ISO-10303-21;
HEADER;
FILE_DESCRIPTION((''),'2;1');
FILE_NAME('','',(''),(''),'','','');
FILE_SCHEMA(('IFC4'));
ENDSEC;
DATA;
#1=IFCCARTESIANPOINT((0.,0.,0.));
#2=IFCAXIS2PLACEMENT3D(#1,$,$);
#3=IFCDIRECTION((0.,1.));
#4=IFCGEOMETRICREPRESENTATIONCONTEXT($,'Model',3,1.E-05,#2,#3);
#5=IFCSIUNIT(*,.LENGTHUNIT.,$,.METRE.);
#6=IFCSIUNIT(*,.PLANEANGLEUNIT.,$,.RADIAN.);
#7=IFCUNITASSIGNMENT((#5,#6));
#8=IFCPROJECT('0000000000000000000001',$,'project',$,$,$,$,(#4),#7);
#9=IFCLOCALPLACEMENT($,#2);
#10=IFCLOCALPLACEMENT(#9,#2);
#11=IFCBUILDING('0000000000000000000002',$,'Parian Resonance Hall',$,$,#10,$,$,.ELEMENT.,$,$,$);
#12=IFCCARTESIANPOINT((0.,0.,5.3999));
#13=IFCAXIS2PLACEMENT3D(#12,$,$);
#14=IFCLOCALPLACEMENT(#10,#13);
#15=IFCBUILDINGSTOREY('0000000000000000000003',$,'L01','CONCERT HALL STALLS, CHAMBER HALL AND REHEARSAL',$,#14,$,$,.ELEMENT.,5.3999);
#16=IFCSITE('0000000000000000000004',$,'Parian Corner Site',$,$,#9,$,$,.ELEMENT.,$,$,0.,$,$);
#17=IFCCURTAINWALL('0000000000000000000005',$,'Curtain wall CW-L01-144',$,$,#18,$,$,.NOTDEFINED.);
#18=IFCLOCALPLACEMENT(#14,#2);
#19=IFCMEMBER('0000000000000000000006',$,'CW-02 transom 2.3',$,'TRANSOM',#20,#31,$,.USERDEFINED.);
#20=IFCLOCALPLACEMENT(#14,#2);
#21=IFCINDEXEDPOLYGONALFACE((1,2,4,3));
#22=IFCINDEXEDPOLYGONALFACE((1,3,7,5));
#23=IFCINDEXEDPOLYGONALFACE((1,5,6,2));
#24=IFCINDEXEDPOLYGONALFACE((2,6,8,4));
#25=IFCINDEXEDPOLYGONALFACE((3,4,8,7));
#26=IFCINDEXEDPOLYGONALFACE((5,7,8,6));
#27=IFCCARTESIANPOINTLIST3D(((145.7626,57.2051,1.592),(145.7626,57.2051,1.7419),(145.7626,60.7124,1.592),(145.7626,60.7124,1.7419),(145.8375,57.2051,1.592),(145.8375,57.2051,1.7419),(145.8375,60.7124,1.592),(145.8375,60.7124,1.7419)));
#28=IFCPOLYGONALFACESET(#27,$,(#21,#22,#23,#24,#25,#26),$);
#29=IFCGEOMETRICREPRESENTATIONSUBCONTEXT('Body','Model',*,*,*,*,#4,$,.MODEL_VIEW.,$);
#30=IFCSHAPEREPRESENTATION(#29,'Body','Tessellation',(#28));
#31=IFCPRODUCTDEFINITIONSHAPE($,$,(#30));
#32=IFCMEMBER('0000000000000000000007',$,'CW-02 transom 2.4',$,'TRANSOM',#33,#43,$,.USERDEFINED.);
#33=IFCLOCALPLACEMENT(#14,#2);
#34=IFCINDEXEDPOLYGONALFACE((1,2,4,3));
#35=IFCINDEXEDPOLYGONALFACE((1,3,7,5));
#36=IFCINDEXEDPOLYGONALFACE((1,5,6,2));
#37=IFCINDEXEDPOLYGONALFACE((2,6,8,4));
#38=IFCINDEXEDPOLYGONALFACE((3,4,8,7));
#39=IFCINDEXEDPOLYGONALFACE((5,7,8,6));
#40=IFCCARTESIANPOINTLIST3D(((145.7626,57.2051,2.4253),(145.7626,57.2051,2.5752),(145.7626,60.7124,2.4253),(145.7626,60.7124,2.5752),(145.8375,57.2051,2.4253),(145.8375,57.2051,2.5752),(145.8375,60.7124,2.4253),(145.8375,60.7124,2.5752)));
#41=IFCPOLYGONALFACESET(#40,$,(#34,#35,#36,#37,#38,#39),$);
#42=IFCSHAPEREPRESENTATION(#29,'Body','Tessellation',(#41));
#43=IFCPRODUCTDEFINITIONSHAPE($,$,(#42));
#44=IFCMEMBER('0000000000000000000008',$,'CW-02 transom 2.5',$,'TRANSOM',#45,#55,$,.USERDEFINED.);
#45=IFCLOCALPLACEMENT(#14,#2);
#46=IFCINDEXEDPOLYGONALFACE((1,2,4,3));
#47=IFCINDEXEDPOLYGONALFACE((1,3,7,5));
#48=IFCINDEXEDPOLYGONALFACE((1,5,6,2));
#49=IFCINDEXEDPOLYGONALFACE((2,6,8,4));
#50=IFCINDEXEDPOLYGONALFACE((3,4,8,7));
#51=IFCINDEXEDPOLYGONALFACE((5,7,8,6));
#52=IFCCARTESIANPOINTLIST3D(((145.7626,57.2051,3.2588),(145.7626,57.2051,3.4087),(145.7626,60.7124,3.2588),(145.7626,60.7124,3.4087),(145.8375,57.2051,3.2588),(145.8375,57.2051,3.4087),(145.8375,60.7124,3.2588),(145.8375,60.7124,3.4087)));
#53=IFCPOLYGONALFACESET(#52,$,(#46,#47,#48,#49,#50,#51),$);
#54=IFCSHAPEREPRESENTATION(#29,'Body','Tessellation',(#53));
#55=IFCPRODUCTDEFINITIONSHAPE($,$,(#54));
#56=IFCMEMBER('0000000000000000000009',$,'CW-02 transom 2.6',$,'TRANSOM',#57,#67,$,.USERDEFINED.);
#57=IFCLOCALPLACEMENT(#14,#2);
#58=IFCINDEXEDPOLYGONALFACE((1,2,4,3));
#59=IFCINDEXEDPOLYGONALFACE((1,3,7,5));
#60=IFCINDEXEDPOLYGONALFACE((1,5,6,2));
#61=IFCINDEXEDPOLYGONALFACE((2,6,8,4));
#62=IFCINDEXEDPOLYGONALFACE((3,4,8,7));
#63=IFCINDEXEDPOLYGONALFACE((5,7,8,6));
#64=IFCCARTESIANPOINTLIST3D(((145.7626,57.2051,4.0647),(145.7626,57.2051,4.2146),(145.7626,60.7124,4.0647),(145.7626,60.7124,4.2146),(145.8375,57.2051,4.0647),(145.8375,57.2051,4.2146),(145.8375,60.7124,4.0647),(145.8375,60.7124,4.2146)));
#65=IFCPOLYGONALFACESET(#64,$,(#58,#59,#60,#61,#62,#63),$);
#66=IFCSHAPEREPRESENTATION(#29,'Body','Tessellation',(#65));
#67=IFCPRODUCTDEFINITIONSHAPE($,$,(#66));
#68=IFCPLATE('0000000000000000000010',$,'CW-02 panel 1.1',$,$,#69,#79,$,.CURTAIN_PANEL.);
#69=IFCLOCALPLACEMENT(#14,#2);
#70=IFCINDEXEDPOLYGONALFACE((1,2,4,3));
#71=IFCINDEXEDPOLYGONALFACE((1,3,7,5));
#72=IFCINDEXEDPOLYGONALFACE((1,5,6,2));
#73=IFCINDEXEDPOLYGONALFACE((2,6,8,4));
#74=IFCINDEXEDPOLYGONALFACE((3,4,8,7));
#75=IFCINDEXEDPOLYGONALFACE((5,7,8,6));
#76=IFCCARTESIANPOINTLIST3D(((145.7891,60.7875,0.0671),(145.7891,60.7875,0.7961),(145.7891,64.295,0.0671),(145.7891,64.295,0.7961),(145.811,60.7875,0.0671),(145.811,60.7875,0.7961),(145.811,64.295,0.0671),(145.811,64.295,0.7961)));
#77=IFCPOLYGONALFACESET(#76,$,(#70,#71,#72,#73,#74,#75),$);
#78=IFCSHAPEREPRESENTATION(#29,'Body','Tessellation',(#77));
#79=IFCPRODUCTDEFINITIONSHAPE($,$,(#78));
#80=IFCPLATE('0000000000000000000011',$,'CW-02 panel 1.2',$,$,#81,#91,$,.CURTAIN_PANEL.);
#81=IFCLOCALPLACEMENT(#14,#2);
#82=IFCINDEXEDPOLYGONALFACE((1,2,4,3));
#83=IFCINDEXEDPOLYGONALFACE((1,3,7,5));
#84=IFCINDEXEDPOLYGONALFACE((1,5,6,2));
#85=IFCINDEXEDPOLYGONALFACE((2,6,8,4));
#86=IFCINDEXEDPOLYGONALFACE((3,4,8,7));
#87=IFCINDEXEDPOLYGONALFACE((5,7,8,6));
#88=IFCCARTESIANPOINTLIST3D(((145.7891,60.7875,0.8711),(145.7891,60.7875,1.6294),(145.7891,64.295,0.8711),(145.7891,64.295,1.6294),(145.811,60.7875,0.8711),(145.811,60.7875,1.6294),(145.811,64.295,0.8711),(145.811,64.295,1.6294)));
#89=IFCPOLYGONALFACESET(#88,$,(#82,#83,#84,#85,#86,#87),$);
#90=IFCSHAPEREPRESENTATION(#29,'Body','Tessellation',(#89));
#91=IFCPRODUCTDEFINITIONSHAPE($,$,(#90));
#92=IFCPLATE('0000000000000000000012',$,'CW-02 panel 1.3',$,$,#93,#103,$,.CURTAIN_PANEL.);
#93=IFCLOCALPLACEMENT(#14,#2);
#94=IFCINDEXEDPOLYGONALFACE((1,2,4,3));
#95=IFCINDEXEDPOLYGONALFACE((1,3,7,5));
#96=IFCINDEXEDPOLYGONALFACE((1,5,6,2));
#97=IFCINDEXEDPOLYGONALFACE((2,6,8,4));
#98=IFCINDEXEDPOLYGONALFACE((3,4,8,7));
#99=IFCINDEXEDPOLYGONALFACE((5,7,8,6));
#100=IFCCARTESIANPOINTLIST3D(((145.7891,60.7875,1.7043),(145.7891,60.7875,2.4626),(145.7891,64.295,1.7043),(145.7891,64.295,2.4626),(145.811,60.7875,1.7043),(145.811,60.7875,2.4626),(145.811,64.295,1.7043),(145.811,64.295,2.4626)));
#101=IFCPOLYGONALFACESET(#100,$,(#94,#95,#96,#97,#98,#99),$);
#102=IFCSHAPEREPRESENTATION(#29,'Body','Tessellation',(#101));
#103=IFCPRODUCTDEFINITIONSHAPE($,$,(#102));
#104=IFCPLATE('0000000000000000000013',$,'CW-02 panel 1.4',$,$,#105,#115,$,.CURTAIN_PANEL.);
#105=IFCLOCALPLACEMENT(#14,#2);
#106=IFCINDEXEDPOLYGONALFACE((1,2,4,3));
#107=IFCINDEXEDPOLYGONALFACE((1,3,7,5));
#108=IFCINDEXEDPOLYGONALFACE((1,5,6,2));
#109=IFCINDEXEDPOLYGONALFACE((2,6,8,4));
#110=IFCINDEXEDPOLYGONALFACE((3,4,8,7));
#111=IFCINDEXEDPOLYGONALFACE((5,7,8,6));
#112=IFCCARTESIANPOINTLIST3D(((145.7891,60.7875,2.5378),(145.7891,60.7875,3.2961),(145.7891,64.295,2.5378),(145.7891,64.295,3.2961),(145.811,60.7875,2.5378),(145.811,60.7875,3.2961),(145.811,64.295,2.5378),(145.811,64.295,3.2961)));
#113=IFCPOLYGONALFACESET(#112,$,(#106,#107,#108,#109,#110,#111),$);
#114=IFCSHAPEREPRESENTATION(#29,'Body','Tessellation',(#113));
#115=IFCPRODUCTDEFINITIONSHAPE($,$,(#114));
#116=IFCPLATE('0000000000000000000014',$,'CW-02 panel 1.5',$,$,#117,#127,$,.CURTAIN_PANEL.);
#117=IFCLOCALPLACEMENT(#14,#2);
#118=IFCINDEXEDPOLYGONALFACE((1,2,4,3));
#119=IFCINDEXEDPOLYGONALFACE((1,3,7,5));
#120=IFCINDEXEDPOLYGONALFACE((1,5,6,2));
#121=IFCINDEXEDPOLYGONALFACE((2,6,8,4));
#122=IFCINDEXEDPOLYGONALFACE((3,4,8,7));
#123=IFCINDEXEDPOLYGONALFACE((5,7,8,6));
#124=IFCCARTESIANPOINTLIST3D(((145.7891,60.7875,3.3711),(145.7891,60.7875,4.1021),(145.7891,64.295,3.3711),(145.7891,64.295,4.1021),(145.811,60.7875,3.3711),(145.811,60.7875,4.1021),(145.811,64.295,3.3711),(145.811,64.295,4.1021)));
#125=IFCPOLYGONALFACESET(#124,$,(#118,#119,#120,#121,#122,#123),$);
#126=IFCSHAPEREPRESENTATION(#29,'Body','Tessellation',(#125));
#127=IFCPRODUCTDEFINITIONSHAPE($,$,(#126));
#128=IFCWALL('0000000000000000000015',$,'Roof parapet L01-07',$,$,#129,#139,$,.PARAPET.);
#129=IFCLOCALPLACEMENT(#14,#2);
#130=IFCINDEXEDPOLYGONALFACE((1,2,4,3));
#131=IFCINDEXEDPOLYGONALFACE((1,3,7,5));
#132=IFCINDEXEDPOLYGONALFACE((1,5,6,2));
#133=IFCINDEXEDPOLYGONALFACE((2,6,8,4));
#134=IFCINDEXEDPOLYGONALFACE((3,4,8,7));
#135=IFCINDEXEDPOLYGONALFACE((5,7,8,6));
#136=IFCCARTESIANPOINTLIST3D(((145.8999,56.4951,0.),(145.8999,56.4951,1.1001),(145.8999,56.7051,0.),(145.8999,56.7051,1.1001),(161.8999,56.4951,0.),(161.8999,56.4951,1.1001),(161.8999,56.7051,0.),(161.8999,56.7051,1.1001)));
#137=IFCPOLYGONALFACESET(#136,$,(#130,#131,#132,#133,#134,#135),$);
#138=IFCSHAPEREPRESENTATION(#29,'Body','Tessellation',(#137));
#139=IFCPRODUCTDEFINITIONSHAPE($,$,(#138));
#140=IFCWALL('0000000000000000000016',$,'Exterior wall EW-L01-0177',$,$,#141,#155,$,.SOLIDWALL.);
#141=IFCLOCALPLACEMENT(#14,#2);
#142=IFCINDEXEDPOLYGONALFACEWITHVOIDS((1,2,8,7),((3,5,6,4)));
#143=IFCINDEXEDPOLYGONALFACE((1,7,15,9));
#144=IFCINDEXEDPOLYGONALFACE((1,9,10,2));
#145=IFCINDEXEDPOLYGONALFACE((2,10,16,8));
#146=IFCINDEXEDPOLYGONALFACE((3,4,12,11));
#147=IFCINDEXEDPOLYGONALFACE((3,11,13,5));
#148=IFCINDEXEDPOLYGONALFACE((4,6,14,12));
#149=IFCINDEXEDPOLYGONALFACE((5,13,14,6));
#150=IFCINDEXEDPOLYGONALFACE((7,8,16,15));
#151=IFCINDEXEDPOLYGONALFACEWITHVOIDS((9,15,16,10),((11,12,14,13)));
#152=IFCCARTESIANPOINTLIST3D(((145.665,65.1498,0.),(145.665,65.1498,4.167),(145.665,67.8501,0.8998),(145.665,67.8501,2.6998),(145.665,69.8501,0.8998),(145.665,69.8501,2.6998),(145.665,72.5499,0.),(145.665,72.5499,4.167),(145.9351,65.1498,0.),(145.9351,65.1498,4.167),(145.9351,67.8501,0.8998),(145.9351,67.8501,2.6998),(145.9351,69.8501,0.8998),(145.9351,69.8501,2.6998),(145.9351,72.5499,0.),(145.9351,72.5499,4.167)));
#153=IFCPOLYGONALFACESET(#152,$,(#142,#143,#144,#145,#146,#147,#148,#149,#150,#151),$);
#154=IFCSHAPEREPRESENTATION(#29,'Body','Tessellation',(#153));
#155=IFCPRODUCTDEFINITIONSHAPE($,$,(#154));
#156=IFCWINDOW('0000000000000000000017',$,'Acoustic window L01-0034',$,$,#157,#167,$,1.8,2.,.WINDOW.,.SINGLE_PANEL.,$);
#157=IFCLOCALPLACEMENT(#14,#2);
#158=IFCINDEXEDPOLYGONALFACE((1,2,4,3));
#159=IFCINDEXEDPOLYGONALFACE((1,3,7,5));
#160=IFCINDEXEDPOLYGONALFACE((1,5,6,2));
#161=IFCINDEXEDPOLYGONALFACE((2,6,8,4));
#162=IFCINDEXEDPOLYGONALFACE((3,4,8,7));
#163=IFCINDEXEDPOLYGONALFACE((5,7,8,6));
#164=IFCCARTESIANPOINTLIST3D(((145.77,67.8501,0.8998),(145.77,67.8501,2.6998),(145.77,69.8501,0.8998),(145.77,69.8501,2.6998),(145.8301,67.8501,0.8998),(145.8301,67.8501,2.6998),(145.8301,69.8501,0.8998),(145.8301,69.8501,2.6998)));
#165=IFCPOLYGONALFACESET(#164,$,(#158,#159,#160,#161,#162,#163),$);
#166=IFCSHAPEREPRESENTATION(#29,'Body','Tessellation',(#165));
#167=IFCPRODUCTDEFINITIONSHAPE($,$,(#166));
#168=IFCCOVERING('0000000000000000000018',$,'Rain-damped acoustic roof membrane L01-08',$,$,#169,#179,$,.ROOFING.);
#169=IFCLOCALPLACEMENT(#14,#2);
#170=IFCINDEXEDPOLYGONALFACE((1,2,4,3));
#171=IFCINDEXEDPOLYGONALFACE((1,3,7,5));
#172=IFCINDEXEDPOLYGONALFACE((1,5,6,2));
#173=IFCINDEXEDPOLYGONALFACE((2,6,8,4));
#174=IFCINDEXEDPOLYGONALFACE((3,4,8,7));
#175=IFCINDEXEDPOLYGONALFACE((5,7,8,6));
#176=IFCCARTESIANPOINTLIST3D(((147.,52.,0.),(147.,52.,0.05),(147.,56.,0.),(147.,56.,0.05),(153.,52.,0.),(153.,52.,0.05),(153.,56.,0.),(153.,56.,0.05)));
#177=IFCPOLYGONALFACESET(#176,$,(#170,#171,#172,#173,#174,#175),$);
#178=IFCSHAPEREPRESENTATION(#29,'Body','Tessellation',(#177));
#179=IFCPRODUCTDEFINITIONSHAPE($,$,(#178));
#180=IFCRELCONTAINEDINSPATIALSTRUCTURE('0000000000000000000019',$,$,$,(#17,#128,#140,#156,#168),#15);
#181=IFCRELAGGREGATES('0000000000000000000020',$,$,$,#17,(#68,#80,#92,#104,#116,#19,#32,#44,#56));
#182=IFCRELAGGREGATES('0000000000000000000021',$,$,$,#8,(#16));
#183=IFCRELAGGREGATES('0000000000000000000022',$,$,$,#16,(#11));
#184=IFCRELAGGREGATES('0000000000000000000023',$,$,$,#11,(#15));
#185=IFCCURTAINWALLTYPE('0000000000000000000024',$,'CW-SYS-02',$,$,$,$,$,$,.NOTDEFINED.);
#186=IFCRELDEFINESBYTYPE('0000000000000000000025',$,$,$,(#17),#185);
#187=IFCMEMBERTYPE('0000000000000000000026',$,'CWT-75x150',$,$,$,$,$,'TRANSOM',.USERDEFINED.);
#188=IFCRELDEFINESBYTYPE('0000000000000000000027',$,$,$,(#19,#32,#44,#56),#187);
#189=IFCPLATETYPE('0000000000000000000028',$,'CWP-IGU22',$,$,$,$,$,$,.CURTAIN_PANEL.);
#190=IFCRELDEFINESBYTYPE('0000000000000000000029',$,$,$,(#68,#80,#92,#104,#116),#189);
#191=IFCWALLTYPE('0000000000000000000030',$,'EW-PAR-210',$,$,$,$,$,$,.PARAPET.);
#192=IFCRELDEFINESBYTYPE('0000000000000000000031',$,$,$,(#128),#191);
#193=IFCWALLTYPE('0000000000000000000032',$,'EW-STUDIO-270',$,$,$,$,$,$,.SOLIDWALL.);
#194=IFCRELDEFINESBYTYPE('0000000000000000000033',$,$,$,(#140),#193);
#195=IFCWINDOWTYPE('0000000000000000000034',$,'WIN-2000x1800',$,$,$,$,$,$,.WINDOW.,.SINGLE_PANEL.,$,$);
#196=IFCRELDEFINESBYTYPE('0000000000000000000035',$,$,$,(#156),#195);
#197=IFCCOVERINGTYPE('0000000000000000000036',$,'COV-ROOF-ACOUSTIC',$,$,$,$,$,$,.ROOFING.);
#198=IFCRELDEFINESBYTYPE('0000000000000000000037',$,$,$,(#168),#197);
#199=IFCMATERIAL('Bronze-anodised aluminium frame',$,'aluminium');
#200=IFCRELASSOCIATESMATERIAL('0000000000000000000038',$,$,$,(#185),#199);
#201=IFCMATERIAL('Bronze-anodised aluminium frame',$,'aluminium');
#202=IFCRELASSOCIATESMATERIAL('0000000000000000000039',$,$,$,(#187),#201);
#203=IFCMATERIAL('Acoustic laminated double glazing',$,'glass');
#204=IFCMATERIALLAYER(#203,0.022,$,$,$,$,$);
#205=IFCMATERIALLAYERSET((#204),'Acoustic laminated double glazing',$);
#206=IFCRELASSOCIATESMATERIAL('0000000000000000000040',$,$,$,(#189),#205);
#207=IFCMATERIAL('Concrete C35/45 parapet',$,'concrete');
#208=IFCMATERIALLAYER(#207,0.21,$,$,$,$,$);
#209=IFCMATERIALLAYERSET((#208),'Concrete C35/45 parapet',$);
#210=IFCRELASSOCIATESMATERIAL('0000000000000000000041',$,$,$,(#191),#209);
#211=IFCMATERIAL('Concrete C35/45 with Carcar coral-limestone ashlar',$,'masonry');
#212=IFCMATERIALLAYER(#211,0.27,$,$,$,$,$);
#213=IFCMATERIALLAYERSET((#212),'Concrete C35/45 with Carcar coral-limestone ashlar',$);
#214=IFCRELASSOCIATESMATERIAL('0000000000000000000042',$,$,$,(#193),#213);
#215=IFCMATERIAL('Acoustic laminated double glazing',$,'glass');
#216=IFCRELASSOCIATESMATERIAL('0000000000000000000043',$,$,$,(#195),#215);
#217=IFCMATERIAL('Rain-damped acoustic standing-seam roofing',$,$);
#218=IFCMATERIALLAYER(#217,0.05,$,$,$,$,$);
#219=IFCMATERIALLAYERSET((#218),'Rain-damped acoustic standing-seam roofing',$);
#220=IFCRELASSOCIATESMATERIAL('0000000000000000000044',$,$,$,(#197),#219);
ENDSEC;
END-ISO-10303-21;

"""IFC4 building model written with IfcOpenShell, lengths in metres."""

from ifc_helpers import new_model, si_unit, direction, frame, frame_2d, origin, origin_2d, place, context, subcontext, project, spatial, rectangle, extrude, material, layer, layer_set, material_profile, profile_set, type_object, element, fill, aggregate, save


model = new_model("IFC4")

# Units and contexts
model_context = context("Model", 3, precision=1e-05, world=origin(), true_north=direction((0.0, 1.0)))
body_context = subcontext(model_context, "Body", "Model", "MODEL_VIEW")
ifc_project = project(units=[si_unit("LENGTHUNIT", "METRE"), si_unit("PLANEANGLEUNIT", "RADIAN")], contexts=[model_context])

# Site, building, storey
site_placement = place(None, origin())
site = spatial("IfcSite", under=ifc_project, at=site_placement, Name="Parian Corner Site", CompositionType="ELEMENT", RefElevation=0.0)
building_placement = place(site_placement, origin())
building = spatial("IfcBuilding", under=site, at=building_placement, Name="Parian Resonance Hall", CompositionType="ELEMENT")
storey_placement = place(building_placement, frame((0.0, 0.0, 5.3999)))
storey = spatial("IfcBuildingStorey", under=building, at=storey_placement, Name="L01", Description="CONCERT HALL STALLS, CHAMBER HALL AND REHEARSAL", CompositionType="ELEMENT", Elevation=5.3999)

# Curtain wall, members, plates
ifc_material_1 = material(Name="Bronze-anodised aluminium frame", Category="aluminium")
curtain_wall_type = type_object("IfcCurtainWallType", Name="CW-SYS-02", PredefinedType="NOTDEFINED", material=ifc_material_1)
curtain_wall_placement = place(storey_placement, origin())
curtain_wall = element("IfcCurtainWall", 1, at=curtain_wall_placement, inside=storey, type_object=curtain_wall_type, Name="Curtain wall CW-L01-144", PredefinedType="NOTDEFINED")
ifc_material_2 = material(Name="Bronze-anodised aluminium frame", Category="aluminium")
ifc_material_profile_1 = material_profile(ifc_material_2, rectangle(XDim=0.075, YDim=0.1499, at=origin_2d()), Name="CWT-75x150")
ifc_profile_set_1 = profile_set([ifc_material_profile_1], Name="Bronze-anodised aluminium frame")
member_type_1 = type_object("IfcMemberType", Name="CWT-75x150", ElementType="TRANSOM", PredefinedType="USERDEFINED", material=ifc_profile_set_1)
member_1_placement = place(storey_placement, frame((145.8, 60.7124, 1.667), z_axis=(0.0, -1.0, 0.0), x_axis=(1.0, 0.0, 0.0)))
member_1 = element("IfcMember", 2, at=member_1_placement, type_object=member_type_1, Name="CW-02 transom 2.3", ObjectType="TRANSOM", PredefinedType="USERDEFINED", context=body_context, shape_type="SweptSolid", body=[
    extrude(rectangle(XDim=0.075, YDim=0.1499, at=origin_2d()), origin(), (0.0, 0.0, 1.0), 3.5073),
])
member_2_placement = place(storey_placement, frame((145.8, 60.7124, 2.5002), z_axis=(0.0, -1.0, 0.0), x_axis=(1.0, 0.0, 0.0)))
member_2 = element("IfcMember", 3, at=member_2_placement, type_object=member_type_1, Name="CW-02 transom 2.4", ObjectType="TRANSOM", PredefinedType="USERDEFINED", context=body_context, shape_type="SweptSolid", body=[
    extrude(rectangle(XDim=0.075, YDim=0.1499, at=origin_2d()), origin(), (0.0, 0.0, 1.0), 3.5073),
])
member_3_placement = place(storey_placement, frame((145.8, 60.7124, 3.3337), z_axis=(0.0, -1.0, 0.0), x_axis=(1.0, 0.0, 0.0)))
member_3 = element("IfcMember", 4, at=member_3_placement, type_object=member_type_1, Name="CW-02 transom 2.5", ObjectType="TRANSOM", PredefinedType="USERDEFINED", context=body_context, shape_type="SweptSolid", body=[
    extrude(rectangle(XDim=0.075, YDim=0.1499, at=origin_2d()), origin(), (0.0, 0.0, 1.0), 3.5073),
])
member_4_placement = place(storey_placement, frame((145.8, 60.7124, 4.1396), z_axis=(0.0, -1.0, 0.0), x_axis=(1.0, 0.0, 0.0)))
member_4 = element("IfcMember", 5, at=member_4_placement, type_object=member_type_1, Name="CW-02 transom 2.6", ObjectType="TRANSOM", PredefinedType="USERDEFINED", context=body_context, shape_type="SweptSolid", body=[
    extrude(rectangle(XDim=0.075, YDim=0.1499, at=origin_2d()), origin(), (0.0, 0.0, 1.0), 3.5073),
])
ifc_material_3 = material(Name="Acoustic laminated double glazing", Category="glass")
ifc_layer_1 = layer(ifc_material_3, 0.022)
ifc_layer_set_1 = layer_set([ifc_layer_1], Name="Acoustic laminated double glazing")
plate_type = type_object("IfcPlateType", Name="CWP-IGU22", PredefinedType="CURTAIN_PANEL", material=ifc_layer_set_1)
plate_1_placement = place(storey_placement, frame((145.8, 62.5413, 0.0671), z_axis=(0.0, 0.0, 1.0), x_axis=(0.0, -1.0, 0.0)))
plate_1 = element("IfcPlate", 6, at=plate_1_placement, type_object=plate_type, Name="CW-02 panel 1.1", PredefinedType="CURTAIN_PANEL", context=body_context, shape_type="SweptSolid", body=[
    extrude(rectangle(XDim=3.5076, YDim=0.022, at=origin_2d()), origin(), (0.0, 0.0, 1.0), 0.729),
])
plate_2_placement = place(storey_placement, frame((145.8, 62.5413, 0.8711), z_axis=(0.0, 0.0, 1.0), x_axis=(0.0, -1.0, 0.0)))
plate_2 = element("IfcPlate", 7, at=plate_2_placement, type_object=plate_type, Name="CW-02 panel 1.2", PredefinedType="CURTAIN_PANEL", context=body_context, shape_type="SweptSolid", body=[
    extrude(rectangle(XDim=3.5076, YDim=0.022, at=origin_2d()), origin(), (0.0, 0.0, 1.0), 0.7583),
])
plate_3_placement = place(storey_placement, frame((145.8, 62.5413, 1.7043), z_axis=(0.0, 0.0, 1.0), x_axis=(0.0, -1.0, 0.0)))
plate_3 = element("IfcPlate", 8, at=plate_3_placement, type_object=plate_type, Name="CW-02 panel 1.3", PredefinedType="CURTAIN_PANEL", context=body_context, shape_type="SweptSolid", body=[
    extrude(rectangle(XDim=3.5076, YDim=0.022, at=origin_2d()), origin(), (0.0, 0.0, 1.0), 0.7583),
])
plate_4_placement = place(storey_placement, frame((145.8, 62.5413, 2.5378), z_axis=(0.0, 0.0, 1.0), x_axis=(0.0, -1.0, 0.0)))
plate_4 = element("IfcPlate", 9, at=plate_4_placement, type_object=plate_type, Name="CW-02 panel 1.4", PredefinedType="CURTAIN_PANEL", context=body_context, shape_type="SweptSolid", body=[
    extrude(rectangle(XDim=3.5076, YDim=0.022, at=origin_2d()), origin(), (0.0, 0.0, 1.0), 0.7583),
])
plate_5_placement = place(storey_placement, frame((145.8, 62.5413, 3.3711), z_axis=(0.0, 0.0, 1.0), x_axis=(0.0, -1.0, 0.0)))
plate_5 = element("IfcPlate", 10, at=plate_5_placement, type_object=plate_type, Name="CW-02 panel 1.5", PredefinedType="CURTAIN_PANEL", context=body_context, shape_type="SweptSolid", body=[
    extrude(rectangle(XDim=3.5076, YDim=0.022, at=origin_2d()), origin(), (0.0, 0.0, 1.0), 0.731),
])
aggregate(curtain_wall, [plate_1, plate_2, plate_3, plate_4, plate_5, member_1, member_2, member_3, member_4])

# Wall
ifc_material_4 = material(Name="Concrete C35/45 parapet", Category="concrete")
ifc_layer_2 = layer(ifc_material_4, 0.21)
ifc_layer_set_2 = layer_set([ifc_layer_2], Name="Concrete C35/45 parapet")
wall_type_1 = type_object("IfcWallType", Name="EW-PAR-210", PredefinedType="PARAPET", material=ifc_layer_set_2)
wall_1_placement = place(storey_placement, frame((161.8999, 56.6001, 0.0), z_axis=(0.0, 0.0, 1.0), x_axis=(-1.0, 0.0, 0.0)))
element("IfcWall", 11, at=wall_1_placement, inside=storey, type_object=wall_type_1, Name="Roof parapet L01-07", PredefinedType="PARAPET", context=body_context, shape_type="SweptSolid", body=[
    extrude(rectangle(XDim=16.0, YDim=0.21, at=frame_2d((8.0, 0.0))), origin(), (0.0, 0.0, 1.0), 1.1001),
])

# Wall, opening, window
ifc_material_5 = material(Name="Concrete C35/45 with Carcar coral-limestone ashlar", Category="masonry")
ifc_layer_3 = layer(ifc_material_5, 0.27)
ifc_layer_set_3 = layer_set([ifc_layer_3], Name="Concrete C35/45 with Carcar coral-limestone ashlar")
wall_type_2 = type_object("IfcWallType", Name="EW-STUDIO-270", PredefinedType="SOLIDWALL", material=ifc_layer_set_3)
wall_2_placement = place(storey_placement, frame((145.8, 72.55, 0.0), z_axis=(0.0, 0.0, 1.0), x_axis=(0.0, -1.0, 0.0)))
wall_2 = element("IfcWall", 12, at=wall_2_placement, inside=storey, type_object=wall_type_2, Name="Exterior wall EW-L01-0177", PredefinedType="SOLIDWALL", context=body_context, shape_type="SweptSolid", body=[
    extrude(rectangle(XDim=7.4001, YDim=0.27, at=frame_2d((3.7002, 0.0))), origin(), (0.0, 0.0, 1.0), 4.167),
])
opening_placement = place(wall_2_placement, frame((2.7, 0.0, 0.8999)))
opening = element("IfcOpeningElement", 13, at=opening_placement, cuts=wall_2, PredefinedType="OPENING", context=body_context, shape_type="SweptSolid", body=[
    extrude(rectangle(XDim=2.0, YDim=1.8, at=frame_2d((1.0, 0.8999))), frame((0.0, 0.145, 0.0), z_axis=(0.0, -1.0, 0.0), x_axis=(1.0, 0.0, 0.0)), (0.0, 0.0, 1.0), 0.29),
])
ifc_material_6 = material(Name="Acoustic laminated double glazing", Category="glass")
window_type = type_object("IfcWindowType", Name="WIN-2000x1800", PartitioningType="SINGLE_PANEL", PredefinedType="WINDOW", material=ifc_material_6)
window_placement = place(opening_placement, origin())
window = element("IfcWindow", 14, at=window_placement, inside=storey, type_object=window_type, Name="Acoustic window L01-0034", OverallHeight=1.8, OverallWidth=2.0, PartitioningType="SINGLE_PANEL", PredefinedType="WINDOW", context=body_context, shape_type="SweptSolid", body=[
    extrude(rectangle(XDim=2.0, YDim=1.8, at=frame_2d((1.0, 0.8999))), frame((0.0, 0.03, 0.0), z_axis=(0.0, -1.0, 0.0), x_axis=(1.0, 0.0, 0.0)), (0.0, 0.0, 1.0), 0.0601),
])
fill(opening, window)

# Covering
ifc_material_7 = material(Name="Rain-damped acoustic standing-seam roofing")
ifc_layer_4 = layer(ifc_material_7, 0.05)
ifc_layer_set_4 = layer_set([ifc_layer_4], Name="Rain-damped acoustic standing-seam roofing")
covering_type = type_object("IfcCoveringType", Name="COV-ROOF-ACOUSTIC", PredefinedType="ROOFING", material=ifc_layer_set_4)
covering_placement = place(storey_placement, frame((150.0, 54.0, 0.0), z_axis=(0.0, 0.0, 1.0), x_axis=(1.0, 0.0, 0.0)))
element("IfcCovering", 15, at=covering_placement, inside=storey, type_object=covering_type, Name="Rain-damped acoustic roof membrane L01-08", PredefinedType="ROOFING", context=body_context, shape_type="SweptSolid", body=[
    extrude(rectangle(XDim=6.0, YDim=4.0, at=origin_2d()), origin(), (0.0, 0.0, 1.0), 0.05),
])

save(model, "model.ifc")
